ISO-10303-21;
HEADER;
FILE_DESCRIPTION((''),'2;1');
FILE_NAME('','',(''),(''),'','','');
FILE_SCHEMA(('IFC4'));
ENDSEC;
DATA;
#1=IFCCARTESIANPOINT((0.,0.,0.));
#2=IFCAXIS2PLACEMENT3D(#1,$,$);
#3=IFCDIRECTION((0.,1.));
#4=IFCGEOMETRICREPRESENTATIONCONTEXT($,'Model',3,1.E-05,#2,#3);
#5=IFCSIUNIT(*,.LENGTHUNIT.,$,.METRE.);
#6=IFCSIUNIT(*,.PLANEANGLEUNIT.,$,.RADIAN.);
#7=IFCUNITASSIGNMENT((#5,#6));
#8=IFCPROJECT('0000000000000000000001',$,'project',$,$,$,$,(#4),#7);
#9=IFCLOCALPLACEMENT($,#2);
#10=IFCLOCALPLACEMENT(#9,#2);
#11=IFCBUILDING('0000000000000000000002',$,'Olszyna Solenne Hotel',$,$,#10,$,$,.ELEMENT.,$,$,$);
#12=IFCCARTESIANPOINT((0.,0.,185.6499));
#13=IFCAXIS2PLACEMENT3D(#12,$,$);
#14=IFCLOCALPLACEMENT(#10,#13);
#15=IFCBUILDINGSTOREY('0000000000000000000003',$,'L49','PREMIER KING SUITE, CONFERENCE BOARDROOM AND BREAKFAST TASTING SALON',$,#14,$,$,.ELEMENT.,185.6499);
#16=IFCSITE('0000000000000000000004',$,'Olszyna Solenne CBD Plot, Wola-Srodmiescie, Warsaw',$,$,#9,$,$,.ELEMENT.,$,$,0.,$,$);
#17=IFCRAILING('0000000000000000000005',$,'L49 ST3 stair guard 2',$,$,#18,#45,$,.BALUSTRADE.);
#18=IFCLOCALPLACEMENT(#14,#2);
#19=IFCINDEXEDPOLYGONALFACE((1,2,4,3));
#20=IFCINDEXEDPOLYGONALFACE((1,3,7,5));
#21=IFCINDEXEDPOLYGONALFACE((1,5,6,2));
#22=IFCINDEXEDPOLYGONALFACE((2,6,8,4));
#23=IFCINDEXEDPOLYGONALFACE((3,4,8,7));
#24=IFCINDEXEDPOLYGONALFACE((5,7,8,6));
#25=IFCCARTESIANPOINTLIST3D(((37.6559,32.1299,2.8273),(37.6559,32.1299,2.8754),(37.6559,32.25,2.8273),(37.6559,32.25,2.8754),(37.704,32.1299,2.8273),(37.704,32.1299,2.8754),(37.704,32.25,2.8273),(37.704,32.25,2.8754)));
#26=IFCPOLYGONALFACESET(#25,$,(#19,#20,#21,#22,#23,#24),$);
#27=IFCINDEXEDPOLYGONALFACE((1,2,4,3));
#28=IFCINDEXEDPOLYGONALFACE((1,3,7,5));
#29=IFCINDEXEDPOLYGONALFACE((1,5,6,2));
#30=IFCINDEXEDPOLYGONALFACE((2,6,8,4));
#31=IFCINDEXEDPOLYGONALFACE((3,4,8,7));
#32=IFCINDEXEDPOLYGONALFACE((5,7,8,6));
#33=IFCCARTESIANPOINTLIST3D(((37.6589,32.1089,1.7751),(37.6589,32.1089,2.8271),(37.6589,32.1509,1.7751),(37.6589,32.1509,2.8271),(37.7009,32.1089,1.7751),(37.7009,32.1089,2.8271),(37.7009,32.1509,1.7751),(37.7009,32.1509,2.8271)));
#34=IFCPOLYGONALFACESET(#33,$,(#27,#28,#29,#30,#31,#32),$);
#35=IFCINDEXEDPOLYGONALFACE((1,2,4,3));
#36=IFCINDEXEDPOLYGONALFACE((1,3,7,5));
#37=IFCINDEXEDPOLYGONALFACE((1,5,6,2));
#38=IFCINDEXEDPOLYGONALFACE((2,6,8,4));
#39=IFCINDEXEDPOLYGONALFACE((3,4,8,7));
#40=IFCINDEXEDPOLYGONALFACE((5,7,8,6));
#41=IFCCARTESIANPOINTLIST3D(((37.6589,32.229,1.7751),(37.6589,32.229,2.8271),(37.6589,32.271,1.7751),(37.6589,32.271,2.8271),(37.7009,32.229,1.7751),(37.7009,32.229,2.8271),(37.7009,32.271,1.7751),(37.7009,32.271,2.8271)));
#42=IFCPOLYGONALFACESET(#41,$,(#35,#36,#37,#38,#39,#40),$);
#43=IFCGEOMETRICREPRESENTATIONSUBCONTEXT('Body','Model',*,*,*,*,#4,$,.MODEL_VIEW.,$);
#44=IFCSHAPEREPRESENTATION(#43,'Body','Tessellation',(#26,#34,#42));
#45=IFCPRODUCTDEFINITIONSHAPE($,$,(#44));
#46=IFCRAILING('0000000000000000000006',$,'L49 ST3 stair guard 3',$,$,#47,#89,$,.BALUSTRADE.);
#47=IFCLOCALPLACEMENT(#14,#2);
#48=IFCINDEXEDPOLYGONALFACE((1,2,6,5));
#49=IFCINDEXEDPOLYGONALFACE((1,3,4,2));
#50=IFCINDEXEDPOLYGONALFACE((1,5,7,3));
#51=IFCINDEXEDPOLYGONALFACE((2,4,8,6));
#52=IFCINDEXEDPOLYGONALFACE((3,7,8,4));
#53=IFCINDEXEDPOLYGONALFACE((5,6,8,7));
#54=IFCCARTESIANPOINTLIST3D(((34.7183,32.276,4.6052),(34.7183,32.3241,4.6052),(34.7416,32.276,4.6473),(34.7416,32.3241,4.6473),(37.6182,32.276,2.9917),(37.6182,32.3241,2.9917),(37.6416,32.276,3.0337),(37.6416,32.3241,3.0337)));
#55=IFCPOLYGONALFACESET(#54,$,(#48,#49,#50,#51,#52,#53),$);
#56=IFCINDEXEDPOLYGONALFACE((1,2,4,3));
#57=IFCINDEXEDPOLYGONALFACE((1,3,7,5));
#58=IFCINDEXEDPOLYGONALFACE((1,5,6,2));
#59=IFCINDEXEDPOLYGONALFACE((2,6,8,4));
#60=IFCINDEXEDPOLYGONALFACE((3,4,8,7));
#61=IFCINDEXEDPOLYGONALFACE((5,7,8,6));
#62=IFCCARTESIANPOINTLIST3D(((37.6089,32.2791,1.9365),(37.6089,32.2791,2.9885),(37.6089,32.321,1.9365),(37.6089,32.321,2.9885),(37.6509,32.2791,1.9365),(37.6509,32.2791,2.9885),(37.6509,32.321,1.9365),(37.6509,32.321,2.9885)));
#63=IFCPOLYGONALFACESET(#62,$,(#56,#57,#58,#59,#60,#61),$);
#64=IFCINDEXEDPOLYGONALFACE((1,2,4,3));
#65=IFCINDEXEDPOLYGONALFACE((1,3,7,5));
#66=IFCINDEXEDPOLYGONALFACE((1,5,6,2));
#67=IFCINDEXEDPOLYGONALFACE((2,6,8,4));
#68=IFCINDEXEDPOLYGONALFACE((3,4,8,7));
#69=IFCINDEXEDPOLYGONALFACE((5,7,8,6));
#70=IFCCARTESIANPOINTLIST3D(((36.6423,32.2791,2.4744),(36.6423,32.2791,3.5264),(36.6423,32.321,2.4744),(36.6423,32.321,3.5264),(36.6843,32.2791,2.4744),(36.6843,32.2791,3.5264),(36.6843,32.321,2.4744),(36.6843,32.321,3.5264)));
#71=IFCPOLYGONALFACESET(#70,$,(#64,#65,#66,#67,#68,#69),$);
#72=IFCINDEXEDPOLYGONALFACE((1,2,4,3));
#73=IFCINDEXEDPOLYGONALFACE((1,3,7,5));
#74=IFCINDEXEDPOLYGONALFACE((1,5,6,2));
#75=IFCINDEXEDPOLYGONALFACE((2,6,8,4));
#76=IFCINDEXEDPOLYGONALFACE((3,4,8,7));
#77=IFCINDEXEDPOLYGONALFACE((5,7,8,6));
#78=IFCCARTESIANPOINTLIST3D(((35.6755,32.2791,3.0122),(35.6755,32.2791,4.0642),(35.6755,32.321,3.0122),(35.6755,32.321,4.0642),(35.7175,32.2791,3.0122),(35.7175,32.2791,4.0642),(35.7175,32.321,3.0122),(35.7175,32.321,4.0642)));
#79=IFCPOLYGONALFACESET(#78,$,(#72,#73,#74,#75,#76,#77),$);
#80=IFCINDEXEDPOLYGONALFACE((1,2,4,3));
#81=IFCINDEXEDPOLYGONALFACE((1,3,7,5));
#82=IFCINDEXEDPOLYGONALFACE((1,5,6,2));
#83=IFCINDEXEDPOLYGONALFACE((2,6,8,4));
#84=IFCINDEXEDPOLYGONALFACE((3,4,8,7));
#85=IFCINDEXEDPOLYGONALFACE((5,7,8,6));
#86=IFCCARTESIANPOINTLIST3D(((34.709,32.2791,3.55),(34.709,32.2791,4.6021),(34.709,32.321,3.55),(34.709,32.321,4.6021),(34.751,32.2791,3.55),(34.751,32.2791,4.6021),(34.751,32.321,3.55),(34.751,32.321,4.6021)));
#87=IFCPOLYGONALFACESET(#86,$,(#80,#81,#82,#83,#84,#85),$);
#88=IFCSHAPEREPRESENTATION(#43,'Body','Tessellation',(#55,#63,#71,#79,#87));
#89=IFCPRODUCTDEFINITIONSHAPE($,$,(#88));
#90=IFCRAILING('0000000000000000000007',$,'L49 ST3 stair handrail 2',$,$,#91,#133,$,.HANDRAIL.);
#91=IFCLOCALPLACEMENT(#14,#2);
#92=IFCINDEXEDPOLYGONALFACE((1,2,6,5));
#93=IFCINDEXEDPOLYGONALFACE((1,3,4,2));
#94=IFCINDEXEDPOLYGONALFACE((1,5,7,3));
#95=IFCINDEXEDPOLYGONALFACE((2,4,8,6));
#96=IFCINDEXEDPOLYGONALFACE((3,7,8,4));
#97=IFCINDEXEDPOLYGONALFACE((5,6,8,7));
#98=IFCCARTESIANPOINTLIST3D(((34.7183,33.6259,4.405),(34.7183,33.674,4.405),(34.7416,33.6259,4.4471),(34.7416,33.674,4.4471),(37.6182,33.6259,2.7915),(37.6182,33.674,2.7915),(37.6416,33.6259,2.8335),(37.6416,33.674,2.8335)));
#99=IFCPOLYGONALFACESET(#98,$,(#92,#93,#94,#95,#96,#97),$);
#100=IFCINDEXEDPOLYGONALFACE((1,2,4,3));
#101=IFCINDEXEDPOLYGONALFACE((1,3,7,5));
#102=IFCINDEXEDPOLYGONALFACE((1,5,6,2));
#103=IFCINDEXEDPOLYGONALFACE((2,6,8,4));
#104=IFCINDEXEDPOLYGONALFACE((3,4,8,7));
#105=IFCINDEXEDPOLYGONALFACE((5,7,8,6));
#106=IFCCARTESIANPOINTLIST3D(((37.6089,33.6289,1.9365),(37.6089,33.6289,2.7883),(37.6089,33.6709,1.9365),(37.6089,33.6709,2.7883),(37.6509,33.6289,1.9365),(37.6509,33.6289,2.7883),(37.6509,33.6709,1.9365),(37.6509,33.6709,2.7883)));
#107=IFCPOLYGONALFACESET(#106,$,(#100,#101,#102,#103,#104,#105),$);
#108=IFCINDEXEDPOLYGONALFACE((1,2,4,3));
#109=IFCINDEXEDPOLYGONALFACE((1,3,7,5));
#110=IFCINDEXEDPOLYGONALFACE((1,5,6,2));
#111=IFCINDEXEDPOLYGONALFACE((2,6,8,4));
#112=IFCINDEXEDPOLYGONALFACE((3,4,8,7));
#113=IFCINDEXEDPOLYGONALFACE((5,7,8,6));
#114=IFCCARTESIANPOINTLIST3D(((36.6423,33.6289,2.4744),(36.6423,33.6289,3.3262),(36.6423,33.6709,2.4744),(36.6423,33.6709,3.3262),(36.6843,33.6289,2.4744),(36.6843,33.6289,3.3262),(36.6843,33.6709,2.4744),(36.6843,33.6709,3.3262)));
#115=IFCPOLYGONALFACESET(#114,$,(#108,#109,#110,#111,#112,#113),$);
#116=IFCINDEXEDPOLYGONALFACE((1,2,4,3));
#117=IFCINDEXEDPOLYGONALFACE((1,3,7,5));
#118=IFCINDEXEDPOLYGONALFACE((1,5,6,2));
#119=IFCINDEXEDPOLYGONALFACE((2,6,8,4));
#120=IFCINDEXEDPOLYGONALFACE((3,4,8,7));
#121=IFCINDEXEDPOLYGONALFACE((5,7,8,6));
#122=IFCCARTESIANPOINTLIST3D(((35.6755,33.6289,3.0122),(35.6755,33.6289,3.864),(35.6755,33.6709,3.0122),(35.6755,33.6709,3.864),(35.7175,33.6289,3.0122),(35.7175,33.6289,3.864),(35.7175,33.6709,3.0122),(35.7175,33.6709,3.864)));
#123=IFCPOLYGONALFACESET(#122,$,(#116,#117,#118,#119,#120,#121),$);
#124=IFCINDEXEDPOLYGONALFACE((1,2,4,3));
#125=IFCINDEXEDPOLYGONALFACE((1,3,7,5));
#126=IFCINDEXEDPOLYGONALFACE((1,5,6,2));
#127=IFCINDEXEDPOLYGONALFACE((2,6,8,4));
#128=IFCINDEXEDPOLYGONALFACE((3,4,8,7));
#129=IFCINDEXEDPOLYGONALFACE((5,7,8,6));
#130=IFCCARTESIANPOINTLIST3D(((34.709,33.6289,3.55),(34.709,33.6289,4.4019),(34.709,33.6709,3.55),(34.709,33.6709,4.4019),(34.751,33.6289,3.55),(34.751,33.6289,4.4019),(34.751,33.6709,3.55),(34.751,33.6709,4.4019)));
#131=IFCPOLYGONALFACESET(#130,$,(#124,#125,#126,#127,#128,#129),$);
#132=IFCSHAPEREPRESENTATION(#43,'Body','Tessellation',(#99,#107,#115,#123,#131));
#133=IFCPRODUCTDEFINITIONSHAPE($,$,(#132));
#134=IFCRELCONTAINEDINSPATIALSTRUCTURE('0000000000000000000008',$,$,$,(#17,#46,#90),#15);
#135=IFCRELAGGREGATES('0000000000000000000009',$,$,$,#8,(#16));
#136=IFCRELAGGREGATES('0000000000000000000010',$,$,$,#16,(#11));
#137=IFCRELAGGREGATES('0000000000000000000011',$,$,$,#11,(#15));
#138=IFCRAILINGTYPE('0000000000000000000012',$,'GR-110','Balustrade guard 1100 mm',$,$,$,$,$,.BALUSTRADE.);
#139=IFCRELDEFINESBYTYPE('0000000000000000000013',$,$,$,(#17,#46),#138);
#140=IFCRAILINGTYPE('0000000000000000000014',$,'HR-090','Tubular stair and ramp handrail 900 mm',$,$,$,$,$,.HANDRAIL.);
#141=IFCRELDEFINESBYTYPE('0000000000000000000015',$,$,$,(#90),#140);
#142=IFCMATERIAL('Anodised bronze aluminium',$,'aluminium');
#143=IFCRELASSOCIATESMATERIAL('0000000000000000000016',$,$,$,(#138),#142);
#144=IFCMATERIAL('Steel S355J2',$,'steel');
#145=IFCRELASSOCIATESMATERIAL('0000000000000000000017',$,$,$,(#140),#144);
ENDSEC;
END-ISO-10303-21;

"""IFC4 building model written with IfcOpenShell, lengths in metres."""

from ifc_helpers import new_model, si_unit, direction, frame, origin, origin_2d, place, context, subcontext, project, spatial, rectangle, extrude, material, type_object, element, save


model = new_model("IFC4")

# Units and contexts
model_context = context("Model", 3, precision=1e-05, world=origin(), true_north=direction((0.0, 1.0)))
body_context = subcontext(model_context, "Body", "Model", "MODEL_VIEW")
ifc_project = project(units=[si_unit("LENGTHUNIT", "METRE"), si_unit("PLANEANGLEUNIT", "RADIAN")], contexts=[model_context])

# Site, building, storey
site_placement = place(None, origin())
site = spatial("IfcSite", under=ifc_project, at=site_placement, Name="Olszyna Solenne CBD Plot, Wola-Srodmiescie, Warsaw", CompositionType="ELEMENT", RefElevation=0.0)
building_placement = place(site_placement, origin())
building = spatial("IfcBuilding", under=site, at=building_placement, Name="Olszyna Solenne Hotel", CompositionType="ELEMENT")
storey_placement = place(building_placement, frame((0.0, 0.0, 185.6499)))
storey = spatial("IfcBuildingStorey", under=building, at=storey_placement, Name="L49", Description="PREMIER KING SUITE, CONFERENCE BOARDROOM AND BREAKFAST TASTING SALON", CompositionType="ELEMENT", Elevation=185.6499)

# Shared definitions
ifc_material_1 = material(Name="Steel S355J2", Category="steel")

# Shared definitions
ifc_material_2 = material(Name="Anodised bronze aluminium", Category="aluminium")

# Railings
railing_type_1 = type_object("IfcRailingType", Name="GR-110", Description="Balustrade guard 1100 mm", PredefinedType="BALUSTRADE", material=ifc_material_2)
railing_1_placement = place(storey_placement, frame((37.6799, 32.1299, 1.7751)))
element("IfcRailing", 1, at=railing_1_placement, inside=storey, type_object=railing_type_1, Name="L49 ST3 stair guard 2", PredefinedType="BALUSTRADE", context=body_context, shape_type="SweptSolid", body=[
    extrude(rectangle(XDim=0.0481, YDim=0.0481, at=origin_2d()), frame((0.0, 0.0, 1.0762), z_axis=(0.0, 1.0, 0.0), x_axis=(-1.0, 0.0, 0.0)), (0.0, 0.0, 1.0), 0.1201),
    extrude(rectangle(XDim=0.042, YDim=0.042, at=origin_2d()), origin(), (0.0, 0.0, 1.0), 1.052),
    extrude(rectangle(XDim=0.042, YDim=0.042, at=origin_2d()), frame((0.0, 0.1201, 0.0)), (0.0, 0.0, 1.0), 1.052),
])
railing_2_placement = place(storey_placement, frame((37.6299, 32.3, 1.9365)))
element("IfcRailing", 2, at=railing_2_placement, inside=storey, type_object=railing_type_1, Name="L49 ST3 stair guard 3", PredefinedType="BALUSTRADE", context=body_context, shape_type="SweptSolid", body=[
    extrude(rectangle(XDim=0.0481, YDim=0.0481, at=origin_2d()), frame((0.0, 0.0, 1.0762), z_axis=(-0.873841, 0.0, 0.486211), x_axis=(0.0, -1.0, 0.0)), (0.0, 0.0, 1.0), 3.3186),
    extrude(rectangle(XDim=0.042, YDim=0.042, at=origin_2d()), origin(), (0.0, 0.0, 1.0), 1.052),
    extrude(rectangle(XDim=0.042, YDim=0.042, at=origin_2d()), frame((-0.9666, 0.0, 0.5378)), (0.0, 0.0, 1.0), 1.052),
    extrude(rectangle(XDim=0.042, YDim=0.042, at=origin_2d()), frame((-1.9333, 0.0, 1.0757)), (0.0, 0.0, 1.0), 1.052),
    extrude(rectangle(XDim=0.042, YDim=0.042, at=origin_2d()), frame((-2.8999, 0.0, 1.6135)), (0.0, 0.0, 1.0), 1.052),
])
railing_type_2 = type_object("IfcRailingType", Name="HR-090", Description="Tubular stair and ramp handrail 900 mm", PredefinedType="HANDRAIL", material=ifc_material_1)
railing_3_placement = place(storey_placement, frame((37.6299, 33.6499, 1.9365)))
element("IfcRailing", 3, at=railing_3_placement, inside=storey, type_object=railing_type_2, Name="L49 ST3 stair handrail 2", PredefinedType="HANDRAIL", context=body_context, shape_type="SweptSolid", body=[
    extrude(rectangle(XDim=0.0481, YDim=0.0481, at=origin_2d()), frame((0.0, 0.0, 0.876), z_axis=(-0.873841, 0.0, 0.486211), x_axis=(0.0, -1.0, 0.0)), (0.0, 0.0, 1.0), 3.3186),
    extrude(rectangle(XDim=0.042, YDim=0.042, at=origin_2d()), origin(), (0.0, 0.0, 1.0), 0.8518),
    extrude(rectangle(XDim=0.042, YDim=0.042, at=origin_2d()), frame((-0.9666, 0.0, 0.5378)), (0.0, 0.0, 1.0), 0.8518),
    extrude(rectangle(XDim=0.042, YDim=0.042, at=origin_2d()), frame((-1.9333, 0.0, 1.0757)), (0.0, 0.0, 1.0), 0.8518),
    extrude(rectangle(XDim=0.042, YDim=0.042, at=origin_2d()), frame((-2.8999, 0.0, 1.6135)), (0.0, 0.0, 1.0), 0.8518),
])

save(model, "model.ifc")
